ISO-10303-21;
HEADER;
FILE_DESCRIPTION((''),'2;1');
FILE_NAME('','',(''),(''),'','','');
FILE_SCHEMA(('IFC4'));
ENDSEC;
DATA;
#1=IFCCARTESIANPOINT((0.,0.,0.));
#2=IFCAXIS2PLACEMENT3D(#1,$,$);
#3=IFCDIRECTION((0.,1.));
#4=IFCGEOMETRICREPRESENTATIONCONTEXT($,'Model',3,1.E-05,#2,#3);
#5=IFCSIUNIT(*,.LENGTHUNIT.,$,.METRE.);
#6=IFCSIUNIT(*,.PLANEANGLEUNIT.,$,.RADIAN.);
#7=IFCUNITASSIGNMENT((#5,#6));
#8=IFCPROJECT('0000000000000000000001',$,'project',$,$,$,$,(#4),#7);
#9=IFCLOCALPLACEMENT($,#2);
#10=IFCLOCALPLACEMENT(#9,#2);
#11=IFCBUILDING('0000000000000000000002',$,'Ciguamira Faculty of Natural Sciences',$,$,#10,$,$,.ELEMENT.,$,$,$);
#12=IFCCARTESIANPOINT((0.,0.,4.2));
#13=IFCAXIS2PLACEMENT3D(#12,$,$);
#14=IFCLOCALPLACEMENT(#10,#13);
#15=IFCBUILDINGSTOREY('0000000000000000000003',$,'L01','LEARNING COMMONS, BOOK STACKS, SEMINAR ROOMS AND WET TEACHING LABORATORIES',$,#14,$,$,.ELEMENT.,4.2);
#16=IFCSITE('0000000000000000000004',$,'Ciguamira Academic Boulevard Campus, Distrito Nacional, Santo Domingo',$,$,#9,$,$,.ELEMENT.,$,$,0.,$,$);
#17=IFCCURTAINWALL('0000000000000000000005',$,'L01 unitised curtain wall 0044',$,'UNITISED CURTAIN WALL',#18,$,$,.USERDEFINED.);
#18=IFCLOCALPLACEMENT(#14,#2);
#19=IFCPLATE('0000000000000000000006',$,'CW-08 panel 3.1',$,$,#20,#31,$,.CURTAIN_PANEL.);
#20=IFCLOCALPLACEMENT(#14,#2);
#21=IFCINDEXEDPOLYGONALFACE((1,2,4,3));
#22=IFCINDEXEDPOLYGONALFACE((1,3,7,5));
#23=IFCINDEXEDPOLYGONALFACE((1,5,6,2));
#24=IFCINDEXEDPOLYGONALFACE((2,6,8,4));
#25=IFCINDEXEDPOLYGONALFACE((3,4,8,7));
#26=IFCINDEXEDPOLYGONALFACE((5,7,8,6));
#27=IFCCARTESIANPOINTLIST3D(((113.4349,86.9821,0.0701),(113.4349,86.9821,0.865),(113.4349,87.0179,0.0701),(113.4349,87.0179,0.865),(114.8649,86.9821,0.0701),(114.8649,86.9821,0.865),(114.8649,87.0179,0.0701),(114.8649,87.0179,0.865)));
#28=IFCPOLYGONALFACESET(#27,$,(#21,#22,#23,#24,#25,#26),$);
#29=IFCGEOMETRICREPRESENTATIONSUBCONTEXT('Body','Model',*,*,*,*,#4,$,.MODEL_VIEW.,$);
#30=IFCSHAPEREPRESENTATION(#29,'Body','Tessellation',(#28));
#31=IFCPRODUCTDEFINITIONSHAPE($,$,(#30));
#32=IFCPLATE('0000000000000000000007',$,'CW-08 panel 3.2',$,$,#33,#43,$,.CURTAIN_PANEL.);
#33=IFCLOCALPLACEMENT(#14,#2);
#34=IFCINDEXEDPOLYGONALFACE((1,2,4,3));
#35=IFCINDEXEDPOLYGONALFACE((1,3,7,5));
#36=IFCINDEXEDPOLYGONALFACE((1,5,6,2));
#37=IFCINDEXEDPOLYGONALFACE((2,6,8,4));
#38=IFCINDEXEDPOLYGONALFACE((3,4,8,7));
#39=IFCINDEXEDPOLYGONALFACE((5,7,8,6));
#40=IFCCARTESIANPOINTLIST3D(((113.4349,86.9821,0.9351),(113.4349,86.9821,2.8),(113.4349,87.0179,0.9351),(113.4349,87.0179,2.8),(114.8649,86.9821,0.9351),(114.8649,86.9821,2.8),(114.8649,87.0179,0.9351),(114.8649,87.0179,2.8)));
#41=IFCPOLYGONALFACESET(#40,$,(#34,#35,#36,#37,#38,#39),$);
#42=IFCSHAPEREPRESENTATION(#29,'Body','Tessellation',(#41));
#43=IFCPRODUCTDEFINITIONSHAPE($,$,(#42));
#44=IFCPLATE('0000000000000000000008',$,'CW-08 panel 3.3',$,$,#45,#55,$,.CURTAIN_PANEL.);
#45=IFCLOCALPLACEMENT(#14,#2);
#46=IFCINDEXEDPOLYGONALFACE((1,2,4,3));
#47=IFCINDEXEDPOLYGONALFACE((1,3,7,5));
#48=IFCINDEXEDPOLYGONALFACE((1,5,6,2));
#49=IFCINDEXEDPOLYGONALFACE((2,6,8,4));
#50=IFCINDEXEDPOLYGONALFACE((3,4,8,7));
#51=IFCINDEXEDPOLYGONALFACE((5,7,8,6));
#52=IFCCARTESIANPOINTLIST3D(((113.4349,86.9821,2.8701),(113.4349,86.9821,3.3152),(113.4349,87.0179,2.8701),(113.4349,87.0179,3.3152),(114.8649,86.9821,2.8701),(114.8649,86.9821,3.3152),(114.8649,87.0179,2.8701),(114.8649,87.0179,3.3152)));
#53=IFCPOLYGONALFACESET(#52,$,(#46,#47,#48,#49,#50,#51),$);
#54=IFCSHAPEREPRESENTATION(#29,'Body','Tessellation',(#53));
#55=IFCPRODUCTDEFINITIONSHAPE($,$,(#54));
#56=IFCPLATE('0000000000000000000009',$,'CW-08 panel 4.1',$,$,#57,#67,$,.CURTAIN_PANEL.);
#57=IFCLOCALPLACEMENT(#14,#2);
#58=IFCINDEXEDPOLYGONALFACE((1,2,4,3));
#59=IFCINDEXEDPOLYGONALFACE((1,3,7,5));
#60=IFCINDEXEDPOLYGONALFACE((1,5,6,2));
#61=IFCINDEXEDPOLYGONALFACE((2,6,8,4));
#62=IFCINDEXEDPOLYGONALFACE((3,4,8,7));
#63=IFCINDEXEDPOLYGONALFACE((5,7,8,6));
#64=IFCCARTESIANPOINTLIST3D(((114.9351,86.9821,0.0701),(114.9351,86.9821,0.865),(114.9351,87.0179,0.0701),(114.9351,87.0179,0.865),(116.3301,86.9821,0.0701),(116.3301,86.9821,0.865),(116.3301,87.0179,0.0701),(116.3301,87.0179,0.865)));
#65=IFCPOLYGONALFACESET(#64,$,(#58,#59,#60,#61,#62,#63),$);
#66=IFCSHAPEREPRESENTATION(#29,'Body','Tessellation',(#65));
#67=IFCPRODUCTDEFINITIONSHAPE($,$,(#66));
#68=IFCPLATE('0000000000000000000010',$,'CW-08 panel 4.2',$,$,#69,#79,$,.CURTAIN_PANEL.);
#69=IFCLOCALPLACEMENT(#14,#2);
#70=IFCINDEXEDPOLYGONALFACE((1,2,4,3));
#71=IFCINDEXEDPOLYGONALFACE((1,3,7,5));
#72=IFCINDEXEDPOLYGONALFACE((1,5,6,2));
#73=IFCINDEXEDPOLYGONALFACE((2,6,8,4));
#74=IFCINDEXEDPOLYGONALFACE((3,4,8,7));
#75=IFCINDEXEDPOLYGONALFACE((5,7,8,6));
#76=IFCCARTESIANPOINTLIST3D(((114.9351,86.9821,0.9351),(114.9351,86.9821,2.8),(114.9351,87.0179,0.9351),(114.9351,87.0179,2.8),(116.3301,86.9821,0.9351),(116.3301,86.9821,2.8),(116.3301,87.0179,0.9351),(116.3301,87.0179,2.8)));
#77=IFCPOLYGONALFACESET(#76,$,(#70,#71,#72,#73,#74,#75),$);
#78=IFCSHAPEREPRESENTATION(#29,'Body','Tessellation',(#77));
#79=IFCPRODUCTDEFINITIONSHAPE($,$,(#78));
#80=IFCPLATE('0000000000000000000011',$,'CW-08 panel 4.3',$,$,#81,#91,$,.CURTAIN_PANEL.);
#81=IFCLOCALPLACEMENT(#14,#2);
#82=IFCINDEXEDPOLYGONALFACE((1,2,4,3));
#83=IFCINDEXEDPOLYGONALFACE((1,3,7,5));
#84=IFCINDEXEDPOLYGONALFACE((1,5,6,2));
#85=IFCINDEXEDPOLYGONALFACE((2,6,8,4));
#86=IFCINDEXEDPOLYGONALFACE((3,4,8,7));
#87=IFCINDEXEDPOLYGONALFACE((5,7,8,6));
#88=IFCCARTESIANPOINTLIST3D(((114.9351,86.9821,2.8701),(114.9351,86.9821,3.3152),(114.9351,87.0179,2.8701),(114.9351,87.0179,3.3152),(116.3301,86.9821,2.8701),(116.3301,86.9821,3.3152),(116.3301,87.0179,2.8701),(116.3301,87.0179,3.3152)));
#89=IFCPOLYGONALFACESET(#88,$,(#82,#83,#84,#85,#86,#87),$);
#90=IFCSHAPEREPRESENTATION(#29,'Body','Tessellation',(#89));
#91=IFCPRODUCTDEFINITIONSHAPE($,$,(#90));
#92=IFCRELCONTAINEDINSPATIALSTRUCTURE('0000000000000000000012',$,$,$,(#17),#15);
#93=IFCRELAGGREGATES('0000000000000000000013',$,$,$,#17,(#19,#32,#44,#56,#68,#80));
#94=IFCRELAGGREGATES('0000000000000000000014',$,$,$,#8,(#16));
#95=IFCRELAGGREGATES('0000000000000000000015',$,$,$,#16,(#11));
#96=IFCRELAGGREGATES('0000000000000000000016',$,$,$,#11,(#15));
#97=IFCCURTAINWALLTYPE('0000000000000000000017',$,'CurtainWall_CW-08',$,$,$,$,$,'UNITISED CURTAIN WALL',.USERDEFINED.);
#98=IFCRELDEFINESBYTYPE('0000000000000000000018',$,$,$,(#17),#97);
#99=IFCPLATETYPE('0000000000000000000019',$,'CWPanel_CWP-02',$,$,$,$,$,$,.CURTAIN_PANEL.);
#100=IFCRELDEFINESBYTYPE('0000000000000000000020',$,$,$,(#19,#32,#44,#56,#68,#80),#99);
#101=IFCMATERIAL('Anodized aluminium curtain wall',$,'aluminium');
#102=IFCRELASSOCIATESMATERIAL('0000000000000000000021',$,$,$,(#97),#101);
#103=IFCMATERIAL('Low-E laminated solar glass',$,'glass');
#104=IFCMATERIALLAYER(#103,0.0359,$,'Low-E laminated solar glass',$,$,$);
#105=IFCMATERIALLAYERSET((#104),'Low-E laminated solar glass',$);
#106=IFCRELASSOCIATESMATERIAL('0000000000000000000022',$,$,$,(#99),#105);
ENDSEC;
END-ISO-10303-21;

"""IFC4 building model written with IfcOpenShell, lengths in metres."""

from ifc_helpers import new_model, si_unit, direction, frame, origin, origin_2d, place, context, subcontext, project, spatial, rectangle, extrude, material, layer, layer_set, type_object, element, aggregate, save


model = new_model("IFC4")

# Units and contexts
model_context = context("Model", 3, precision=1e-05, world=origin(), true_north=direction((0.0, 1.0)))
body_context = subcontext(model_context, "Body", "Model", "MODEL_VIEW")
ifc_project = project(units=[si_unit("LENGTHUNIT", "METRE"), si_unit("PLANEANGLEUNIT", "RADIAN")], contexts=[model_context])

# Site, building, storey
site_placement = place(None, origin())
site = spatial("IfcSite", under=ifc_project, at=site_placement, Name="Ciguamira Academic Boulevard Campus, Distrito Nacional, Santo Domingo", CompositionType="ELEMENT", RefElevation=0.0)
building_placement = place(site_placement, origin())
building = spatial("IfcBuilding", under=site, at=building_placement, Name="Ciguamira Faculty of Natural Sciences", CompositionType="ELEMENT")
storey_placement = place(building_placement, frame((0.0, 0.0, 4.2)))
storey = spatial("IfcBuildingStorey", under=building, at=storey_placement, Name="L01", Description="LEARNING COMMONS, BOOK STACKS, SEMINAR ROOMS AND WET TEACHING LABORATORIES", CompositionType="ELEMENT", Elevation=4.2)

# Curtain wall
ifc_material_1 = material(Name="Anodized aluminium curtain wall", Category="aluminium")
curtain_wall_type_1 = type_object("IfcCurtainWallType", Name="CurtainWall_CW-08", ElementType="UNITISED CURTAIN WALL", PredefinedType="USERDEFINED", material=ifc_material_1)
curtain_wall_1_placement = place(storey_placement, origin())
curtain_wall_1 = element("IfcCurtainWall", 1, at=curtain_wall_1_placement, inside=storey, type_object=curtain_wall_type_1, Name="L01 unitised curtain wall 0044", ObjectType="UNITISED CURTAIN WALL", PredefinedType="USERDEFINED")

# Plates
ifc_material_2 = material(Name="Low-E laminated solar glass", Category="glass")
ifc_layer = layer(ifc_material_2, 0.0359, Name="Low-E laminated solar glass")
ifc_layer_set = layer_set([ifc_layer], Name="Low-E laminated solar glass")
plate_type = type_object("IfcPlateType", Name="CWPanel_CWP-02", PredefinedType="CURTAIN_PANEL", material=ifc_layer_set)
plate_1_placement = place(storey_placement, frame((114.1499, 87.0, 0.0701), z_axis=(0.0, 0.0, 1.0), x_axis=(1.0, 0.0, 0.0)))
plate_1 = element("IfcPlate", 2, at=plate_1_placement, type_object=plate_type, Name="CW-08 panel 3.1", PredefinedType="CURTAIN_PANEL", context=body_context, shape_type="SweptSolid", body=[
    extrude(rectangle(XDim=1.4299, YDim=0.0359, at=origin_2d()), origin(), (0.0, 0.0, 1.0), 0.7949),
])
plate_2_placement = place(storey_placement, frame((114.1499, 87.0, 0.9351), z_axis=(0.0, 0.0, 1.0), x_axis=(1.0, 0.0, 0.0)))
plate_2 = element("IfcPlate", 3, at=plate_2_placement, type_object=plate_type, Name="CW-08 panel 3.2", PredefinedType="CURTAIN_PANEL", context=body_context, shape_type="SweptSolid", body=[
    extrude(rectangle(XDim=1.4299, YDim=0.0359, at=origin_2d()), origin(), (0.0, 0.0, 1.0), 1.865),
])
plate_3_placement = place(storey_placement, frame((114.1499, 87.0, 2.8701), z_axis=(0.0, 0.0, 1.0), x_axis=(1.0, 0.0, 0.0)))
plate_3 = element("IfcPlate", 4, at=plate_3_placement, type_object=plate_type, Name="CW-08 panel 3.3", PredefinedType="CURTAIN_PANEL", context=body_context, shape_type="SweptSolid", body=[
    extrude(rectangle(XDim=1.4299, YDim=0.0359, at=origin_2d()), origin(), (0.0, 0.0, 1.0), 0.4451),
])
plate_4_placement = place(storey_placement, frame((115.6326, 87.0, 0.0701), z_axis=(0.0, 0.0, 1.0), x_axis=(1.0, 0.0, 0.0)))
plate_4 = element("IfcPlate", 5, at=plate_4_placement, type_object=plate_type, Name="CW-08 panel 4.1", PredefinedType="CURTAIN_PANEL", context=body_context, shape_type="SweptSolid", body=[
    extrude(rectangle(XDim=1.395, YDim=0.0359, at=origin_2d()), origin(), (0.0, 0.0, 1.0), 0.7949),
])
plate_5_placement = place(storey_placement, frame((115.6326, 87.0, 0.9351), z_axis=(0.0, 0.0, 1.0), x_axis=(1.0, 0.0, 0.0)))
plate_5 = element("IfcPlate", 6, at=plate_5_placement, type_object=plate_type, Name="CW-08 panel 4.2", PredefinedType="CURTAIN_PANEL", context=body_context, shape_type="SweptSolid", body=[
    extrude(rectangle(XDim=1.395, YDim=0.0359, at=origin_2d()), origin(), (0.0, 0.0, 1.0), 1.865),
])
plate_6_placement = place(storey_placement, frame((115.6326, 87.0, 2.8701), z_axis=(0.0, 0.0, 1.0), x_axis=(1.0, 0.0, 0.0)))
plate_6 = element("IfcPlate", 7, at=plate_6_placement, type_object=plate_type, Name="CW-08 panel 4.3", PredefinedType="CURTAIN_PANEL", context=body_context, shape_type="SweptSolid", body=[
    extrude(rectangle(XDim=1.395, YDim=0.0359, at=origin_2d()), origin(), (0.0, 0.0, 1.0), 0.4451),
])
aggregate(curtain_wall_1, [plate_1, plate_2, plate_3, plate_4, plate_5, plate_6])

save(model, "model.ifc")
